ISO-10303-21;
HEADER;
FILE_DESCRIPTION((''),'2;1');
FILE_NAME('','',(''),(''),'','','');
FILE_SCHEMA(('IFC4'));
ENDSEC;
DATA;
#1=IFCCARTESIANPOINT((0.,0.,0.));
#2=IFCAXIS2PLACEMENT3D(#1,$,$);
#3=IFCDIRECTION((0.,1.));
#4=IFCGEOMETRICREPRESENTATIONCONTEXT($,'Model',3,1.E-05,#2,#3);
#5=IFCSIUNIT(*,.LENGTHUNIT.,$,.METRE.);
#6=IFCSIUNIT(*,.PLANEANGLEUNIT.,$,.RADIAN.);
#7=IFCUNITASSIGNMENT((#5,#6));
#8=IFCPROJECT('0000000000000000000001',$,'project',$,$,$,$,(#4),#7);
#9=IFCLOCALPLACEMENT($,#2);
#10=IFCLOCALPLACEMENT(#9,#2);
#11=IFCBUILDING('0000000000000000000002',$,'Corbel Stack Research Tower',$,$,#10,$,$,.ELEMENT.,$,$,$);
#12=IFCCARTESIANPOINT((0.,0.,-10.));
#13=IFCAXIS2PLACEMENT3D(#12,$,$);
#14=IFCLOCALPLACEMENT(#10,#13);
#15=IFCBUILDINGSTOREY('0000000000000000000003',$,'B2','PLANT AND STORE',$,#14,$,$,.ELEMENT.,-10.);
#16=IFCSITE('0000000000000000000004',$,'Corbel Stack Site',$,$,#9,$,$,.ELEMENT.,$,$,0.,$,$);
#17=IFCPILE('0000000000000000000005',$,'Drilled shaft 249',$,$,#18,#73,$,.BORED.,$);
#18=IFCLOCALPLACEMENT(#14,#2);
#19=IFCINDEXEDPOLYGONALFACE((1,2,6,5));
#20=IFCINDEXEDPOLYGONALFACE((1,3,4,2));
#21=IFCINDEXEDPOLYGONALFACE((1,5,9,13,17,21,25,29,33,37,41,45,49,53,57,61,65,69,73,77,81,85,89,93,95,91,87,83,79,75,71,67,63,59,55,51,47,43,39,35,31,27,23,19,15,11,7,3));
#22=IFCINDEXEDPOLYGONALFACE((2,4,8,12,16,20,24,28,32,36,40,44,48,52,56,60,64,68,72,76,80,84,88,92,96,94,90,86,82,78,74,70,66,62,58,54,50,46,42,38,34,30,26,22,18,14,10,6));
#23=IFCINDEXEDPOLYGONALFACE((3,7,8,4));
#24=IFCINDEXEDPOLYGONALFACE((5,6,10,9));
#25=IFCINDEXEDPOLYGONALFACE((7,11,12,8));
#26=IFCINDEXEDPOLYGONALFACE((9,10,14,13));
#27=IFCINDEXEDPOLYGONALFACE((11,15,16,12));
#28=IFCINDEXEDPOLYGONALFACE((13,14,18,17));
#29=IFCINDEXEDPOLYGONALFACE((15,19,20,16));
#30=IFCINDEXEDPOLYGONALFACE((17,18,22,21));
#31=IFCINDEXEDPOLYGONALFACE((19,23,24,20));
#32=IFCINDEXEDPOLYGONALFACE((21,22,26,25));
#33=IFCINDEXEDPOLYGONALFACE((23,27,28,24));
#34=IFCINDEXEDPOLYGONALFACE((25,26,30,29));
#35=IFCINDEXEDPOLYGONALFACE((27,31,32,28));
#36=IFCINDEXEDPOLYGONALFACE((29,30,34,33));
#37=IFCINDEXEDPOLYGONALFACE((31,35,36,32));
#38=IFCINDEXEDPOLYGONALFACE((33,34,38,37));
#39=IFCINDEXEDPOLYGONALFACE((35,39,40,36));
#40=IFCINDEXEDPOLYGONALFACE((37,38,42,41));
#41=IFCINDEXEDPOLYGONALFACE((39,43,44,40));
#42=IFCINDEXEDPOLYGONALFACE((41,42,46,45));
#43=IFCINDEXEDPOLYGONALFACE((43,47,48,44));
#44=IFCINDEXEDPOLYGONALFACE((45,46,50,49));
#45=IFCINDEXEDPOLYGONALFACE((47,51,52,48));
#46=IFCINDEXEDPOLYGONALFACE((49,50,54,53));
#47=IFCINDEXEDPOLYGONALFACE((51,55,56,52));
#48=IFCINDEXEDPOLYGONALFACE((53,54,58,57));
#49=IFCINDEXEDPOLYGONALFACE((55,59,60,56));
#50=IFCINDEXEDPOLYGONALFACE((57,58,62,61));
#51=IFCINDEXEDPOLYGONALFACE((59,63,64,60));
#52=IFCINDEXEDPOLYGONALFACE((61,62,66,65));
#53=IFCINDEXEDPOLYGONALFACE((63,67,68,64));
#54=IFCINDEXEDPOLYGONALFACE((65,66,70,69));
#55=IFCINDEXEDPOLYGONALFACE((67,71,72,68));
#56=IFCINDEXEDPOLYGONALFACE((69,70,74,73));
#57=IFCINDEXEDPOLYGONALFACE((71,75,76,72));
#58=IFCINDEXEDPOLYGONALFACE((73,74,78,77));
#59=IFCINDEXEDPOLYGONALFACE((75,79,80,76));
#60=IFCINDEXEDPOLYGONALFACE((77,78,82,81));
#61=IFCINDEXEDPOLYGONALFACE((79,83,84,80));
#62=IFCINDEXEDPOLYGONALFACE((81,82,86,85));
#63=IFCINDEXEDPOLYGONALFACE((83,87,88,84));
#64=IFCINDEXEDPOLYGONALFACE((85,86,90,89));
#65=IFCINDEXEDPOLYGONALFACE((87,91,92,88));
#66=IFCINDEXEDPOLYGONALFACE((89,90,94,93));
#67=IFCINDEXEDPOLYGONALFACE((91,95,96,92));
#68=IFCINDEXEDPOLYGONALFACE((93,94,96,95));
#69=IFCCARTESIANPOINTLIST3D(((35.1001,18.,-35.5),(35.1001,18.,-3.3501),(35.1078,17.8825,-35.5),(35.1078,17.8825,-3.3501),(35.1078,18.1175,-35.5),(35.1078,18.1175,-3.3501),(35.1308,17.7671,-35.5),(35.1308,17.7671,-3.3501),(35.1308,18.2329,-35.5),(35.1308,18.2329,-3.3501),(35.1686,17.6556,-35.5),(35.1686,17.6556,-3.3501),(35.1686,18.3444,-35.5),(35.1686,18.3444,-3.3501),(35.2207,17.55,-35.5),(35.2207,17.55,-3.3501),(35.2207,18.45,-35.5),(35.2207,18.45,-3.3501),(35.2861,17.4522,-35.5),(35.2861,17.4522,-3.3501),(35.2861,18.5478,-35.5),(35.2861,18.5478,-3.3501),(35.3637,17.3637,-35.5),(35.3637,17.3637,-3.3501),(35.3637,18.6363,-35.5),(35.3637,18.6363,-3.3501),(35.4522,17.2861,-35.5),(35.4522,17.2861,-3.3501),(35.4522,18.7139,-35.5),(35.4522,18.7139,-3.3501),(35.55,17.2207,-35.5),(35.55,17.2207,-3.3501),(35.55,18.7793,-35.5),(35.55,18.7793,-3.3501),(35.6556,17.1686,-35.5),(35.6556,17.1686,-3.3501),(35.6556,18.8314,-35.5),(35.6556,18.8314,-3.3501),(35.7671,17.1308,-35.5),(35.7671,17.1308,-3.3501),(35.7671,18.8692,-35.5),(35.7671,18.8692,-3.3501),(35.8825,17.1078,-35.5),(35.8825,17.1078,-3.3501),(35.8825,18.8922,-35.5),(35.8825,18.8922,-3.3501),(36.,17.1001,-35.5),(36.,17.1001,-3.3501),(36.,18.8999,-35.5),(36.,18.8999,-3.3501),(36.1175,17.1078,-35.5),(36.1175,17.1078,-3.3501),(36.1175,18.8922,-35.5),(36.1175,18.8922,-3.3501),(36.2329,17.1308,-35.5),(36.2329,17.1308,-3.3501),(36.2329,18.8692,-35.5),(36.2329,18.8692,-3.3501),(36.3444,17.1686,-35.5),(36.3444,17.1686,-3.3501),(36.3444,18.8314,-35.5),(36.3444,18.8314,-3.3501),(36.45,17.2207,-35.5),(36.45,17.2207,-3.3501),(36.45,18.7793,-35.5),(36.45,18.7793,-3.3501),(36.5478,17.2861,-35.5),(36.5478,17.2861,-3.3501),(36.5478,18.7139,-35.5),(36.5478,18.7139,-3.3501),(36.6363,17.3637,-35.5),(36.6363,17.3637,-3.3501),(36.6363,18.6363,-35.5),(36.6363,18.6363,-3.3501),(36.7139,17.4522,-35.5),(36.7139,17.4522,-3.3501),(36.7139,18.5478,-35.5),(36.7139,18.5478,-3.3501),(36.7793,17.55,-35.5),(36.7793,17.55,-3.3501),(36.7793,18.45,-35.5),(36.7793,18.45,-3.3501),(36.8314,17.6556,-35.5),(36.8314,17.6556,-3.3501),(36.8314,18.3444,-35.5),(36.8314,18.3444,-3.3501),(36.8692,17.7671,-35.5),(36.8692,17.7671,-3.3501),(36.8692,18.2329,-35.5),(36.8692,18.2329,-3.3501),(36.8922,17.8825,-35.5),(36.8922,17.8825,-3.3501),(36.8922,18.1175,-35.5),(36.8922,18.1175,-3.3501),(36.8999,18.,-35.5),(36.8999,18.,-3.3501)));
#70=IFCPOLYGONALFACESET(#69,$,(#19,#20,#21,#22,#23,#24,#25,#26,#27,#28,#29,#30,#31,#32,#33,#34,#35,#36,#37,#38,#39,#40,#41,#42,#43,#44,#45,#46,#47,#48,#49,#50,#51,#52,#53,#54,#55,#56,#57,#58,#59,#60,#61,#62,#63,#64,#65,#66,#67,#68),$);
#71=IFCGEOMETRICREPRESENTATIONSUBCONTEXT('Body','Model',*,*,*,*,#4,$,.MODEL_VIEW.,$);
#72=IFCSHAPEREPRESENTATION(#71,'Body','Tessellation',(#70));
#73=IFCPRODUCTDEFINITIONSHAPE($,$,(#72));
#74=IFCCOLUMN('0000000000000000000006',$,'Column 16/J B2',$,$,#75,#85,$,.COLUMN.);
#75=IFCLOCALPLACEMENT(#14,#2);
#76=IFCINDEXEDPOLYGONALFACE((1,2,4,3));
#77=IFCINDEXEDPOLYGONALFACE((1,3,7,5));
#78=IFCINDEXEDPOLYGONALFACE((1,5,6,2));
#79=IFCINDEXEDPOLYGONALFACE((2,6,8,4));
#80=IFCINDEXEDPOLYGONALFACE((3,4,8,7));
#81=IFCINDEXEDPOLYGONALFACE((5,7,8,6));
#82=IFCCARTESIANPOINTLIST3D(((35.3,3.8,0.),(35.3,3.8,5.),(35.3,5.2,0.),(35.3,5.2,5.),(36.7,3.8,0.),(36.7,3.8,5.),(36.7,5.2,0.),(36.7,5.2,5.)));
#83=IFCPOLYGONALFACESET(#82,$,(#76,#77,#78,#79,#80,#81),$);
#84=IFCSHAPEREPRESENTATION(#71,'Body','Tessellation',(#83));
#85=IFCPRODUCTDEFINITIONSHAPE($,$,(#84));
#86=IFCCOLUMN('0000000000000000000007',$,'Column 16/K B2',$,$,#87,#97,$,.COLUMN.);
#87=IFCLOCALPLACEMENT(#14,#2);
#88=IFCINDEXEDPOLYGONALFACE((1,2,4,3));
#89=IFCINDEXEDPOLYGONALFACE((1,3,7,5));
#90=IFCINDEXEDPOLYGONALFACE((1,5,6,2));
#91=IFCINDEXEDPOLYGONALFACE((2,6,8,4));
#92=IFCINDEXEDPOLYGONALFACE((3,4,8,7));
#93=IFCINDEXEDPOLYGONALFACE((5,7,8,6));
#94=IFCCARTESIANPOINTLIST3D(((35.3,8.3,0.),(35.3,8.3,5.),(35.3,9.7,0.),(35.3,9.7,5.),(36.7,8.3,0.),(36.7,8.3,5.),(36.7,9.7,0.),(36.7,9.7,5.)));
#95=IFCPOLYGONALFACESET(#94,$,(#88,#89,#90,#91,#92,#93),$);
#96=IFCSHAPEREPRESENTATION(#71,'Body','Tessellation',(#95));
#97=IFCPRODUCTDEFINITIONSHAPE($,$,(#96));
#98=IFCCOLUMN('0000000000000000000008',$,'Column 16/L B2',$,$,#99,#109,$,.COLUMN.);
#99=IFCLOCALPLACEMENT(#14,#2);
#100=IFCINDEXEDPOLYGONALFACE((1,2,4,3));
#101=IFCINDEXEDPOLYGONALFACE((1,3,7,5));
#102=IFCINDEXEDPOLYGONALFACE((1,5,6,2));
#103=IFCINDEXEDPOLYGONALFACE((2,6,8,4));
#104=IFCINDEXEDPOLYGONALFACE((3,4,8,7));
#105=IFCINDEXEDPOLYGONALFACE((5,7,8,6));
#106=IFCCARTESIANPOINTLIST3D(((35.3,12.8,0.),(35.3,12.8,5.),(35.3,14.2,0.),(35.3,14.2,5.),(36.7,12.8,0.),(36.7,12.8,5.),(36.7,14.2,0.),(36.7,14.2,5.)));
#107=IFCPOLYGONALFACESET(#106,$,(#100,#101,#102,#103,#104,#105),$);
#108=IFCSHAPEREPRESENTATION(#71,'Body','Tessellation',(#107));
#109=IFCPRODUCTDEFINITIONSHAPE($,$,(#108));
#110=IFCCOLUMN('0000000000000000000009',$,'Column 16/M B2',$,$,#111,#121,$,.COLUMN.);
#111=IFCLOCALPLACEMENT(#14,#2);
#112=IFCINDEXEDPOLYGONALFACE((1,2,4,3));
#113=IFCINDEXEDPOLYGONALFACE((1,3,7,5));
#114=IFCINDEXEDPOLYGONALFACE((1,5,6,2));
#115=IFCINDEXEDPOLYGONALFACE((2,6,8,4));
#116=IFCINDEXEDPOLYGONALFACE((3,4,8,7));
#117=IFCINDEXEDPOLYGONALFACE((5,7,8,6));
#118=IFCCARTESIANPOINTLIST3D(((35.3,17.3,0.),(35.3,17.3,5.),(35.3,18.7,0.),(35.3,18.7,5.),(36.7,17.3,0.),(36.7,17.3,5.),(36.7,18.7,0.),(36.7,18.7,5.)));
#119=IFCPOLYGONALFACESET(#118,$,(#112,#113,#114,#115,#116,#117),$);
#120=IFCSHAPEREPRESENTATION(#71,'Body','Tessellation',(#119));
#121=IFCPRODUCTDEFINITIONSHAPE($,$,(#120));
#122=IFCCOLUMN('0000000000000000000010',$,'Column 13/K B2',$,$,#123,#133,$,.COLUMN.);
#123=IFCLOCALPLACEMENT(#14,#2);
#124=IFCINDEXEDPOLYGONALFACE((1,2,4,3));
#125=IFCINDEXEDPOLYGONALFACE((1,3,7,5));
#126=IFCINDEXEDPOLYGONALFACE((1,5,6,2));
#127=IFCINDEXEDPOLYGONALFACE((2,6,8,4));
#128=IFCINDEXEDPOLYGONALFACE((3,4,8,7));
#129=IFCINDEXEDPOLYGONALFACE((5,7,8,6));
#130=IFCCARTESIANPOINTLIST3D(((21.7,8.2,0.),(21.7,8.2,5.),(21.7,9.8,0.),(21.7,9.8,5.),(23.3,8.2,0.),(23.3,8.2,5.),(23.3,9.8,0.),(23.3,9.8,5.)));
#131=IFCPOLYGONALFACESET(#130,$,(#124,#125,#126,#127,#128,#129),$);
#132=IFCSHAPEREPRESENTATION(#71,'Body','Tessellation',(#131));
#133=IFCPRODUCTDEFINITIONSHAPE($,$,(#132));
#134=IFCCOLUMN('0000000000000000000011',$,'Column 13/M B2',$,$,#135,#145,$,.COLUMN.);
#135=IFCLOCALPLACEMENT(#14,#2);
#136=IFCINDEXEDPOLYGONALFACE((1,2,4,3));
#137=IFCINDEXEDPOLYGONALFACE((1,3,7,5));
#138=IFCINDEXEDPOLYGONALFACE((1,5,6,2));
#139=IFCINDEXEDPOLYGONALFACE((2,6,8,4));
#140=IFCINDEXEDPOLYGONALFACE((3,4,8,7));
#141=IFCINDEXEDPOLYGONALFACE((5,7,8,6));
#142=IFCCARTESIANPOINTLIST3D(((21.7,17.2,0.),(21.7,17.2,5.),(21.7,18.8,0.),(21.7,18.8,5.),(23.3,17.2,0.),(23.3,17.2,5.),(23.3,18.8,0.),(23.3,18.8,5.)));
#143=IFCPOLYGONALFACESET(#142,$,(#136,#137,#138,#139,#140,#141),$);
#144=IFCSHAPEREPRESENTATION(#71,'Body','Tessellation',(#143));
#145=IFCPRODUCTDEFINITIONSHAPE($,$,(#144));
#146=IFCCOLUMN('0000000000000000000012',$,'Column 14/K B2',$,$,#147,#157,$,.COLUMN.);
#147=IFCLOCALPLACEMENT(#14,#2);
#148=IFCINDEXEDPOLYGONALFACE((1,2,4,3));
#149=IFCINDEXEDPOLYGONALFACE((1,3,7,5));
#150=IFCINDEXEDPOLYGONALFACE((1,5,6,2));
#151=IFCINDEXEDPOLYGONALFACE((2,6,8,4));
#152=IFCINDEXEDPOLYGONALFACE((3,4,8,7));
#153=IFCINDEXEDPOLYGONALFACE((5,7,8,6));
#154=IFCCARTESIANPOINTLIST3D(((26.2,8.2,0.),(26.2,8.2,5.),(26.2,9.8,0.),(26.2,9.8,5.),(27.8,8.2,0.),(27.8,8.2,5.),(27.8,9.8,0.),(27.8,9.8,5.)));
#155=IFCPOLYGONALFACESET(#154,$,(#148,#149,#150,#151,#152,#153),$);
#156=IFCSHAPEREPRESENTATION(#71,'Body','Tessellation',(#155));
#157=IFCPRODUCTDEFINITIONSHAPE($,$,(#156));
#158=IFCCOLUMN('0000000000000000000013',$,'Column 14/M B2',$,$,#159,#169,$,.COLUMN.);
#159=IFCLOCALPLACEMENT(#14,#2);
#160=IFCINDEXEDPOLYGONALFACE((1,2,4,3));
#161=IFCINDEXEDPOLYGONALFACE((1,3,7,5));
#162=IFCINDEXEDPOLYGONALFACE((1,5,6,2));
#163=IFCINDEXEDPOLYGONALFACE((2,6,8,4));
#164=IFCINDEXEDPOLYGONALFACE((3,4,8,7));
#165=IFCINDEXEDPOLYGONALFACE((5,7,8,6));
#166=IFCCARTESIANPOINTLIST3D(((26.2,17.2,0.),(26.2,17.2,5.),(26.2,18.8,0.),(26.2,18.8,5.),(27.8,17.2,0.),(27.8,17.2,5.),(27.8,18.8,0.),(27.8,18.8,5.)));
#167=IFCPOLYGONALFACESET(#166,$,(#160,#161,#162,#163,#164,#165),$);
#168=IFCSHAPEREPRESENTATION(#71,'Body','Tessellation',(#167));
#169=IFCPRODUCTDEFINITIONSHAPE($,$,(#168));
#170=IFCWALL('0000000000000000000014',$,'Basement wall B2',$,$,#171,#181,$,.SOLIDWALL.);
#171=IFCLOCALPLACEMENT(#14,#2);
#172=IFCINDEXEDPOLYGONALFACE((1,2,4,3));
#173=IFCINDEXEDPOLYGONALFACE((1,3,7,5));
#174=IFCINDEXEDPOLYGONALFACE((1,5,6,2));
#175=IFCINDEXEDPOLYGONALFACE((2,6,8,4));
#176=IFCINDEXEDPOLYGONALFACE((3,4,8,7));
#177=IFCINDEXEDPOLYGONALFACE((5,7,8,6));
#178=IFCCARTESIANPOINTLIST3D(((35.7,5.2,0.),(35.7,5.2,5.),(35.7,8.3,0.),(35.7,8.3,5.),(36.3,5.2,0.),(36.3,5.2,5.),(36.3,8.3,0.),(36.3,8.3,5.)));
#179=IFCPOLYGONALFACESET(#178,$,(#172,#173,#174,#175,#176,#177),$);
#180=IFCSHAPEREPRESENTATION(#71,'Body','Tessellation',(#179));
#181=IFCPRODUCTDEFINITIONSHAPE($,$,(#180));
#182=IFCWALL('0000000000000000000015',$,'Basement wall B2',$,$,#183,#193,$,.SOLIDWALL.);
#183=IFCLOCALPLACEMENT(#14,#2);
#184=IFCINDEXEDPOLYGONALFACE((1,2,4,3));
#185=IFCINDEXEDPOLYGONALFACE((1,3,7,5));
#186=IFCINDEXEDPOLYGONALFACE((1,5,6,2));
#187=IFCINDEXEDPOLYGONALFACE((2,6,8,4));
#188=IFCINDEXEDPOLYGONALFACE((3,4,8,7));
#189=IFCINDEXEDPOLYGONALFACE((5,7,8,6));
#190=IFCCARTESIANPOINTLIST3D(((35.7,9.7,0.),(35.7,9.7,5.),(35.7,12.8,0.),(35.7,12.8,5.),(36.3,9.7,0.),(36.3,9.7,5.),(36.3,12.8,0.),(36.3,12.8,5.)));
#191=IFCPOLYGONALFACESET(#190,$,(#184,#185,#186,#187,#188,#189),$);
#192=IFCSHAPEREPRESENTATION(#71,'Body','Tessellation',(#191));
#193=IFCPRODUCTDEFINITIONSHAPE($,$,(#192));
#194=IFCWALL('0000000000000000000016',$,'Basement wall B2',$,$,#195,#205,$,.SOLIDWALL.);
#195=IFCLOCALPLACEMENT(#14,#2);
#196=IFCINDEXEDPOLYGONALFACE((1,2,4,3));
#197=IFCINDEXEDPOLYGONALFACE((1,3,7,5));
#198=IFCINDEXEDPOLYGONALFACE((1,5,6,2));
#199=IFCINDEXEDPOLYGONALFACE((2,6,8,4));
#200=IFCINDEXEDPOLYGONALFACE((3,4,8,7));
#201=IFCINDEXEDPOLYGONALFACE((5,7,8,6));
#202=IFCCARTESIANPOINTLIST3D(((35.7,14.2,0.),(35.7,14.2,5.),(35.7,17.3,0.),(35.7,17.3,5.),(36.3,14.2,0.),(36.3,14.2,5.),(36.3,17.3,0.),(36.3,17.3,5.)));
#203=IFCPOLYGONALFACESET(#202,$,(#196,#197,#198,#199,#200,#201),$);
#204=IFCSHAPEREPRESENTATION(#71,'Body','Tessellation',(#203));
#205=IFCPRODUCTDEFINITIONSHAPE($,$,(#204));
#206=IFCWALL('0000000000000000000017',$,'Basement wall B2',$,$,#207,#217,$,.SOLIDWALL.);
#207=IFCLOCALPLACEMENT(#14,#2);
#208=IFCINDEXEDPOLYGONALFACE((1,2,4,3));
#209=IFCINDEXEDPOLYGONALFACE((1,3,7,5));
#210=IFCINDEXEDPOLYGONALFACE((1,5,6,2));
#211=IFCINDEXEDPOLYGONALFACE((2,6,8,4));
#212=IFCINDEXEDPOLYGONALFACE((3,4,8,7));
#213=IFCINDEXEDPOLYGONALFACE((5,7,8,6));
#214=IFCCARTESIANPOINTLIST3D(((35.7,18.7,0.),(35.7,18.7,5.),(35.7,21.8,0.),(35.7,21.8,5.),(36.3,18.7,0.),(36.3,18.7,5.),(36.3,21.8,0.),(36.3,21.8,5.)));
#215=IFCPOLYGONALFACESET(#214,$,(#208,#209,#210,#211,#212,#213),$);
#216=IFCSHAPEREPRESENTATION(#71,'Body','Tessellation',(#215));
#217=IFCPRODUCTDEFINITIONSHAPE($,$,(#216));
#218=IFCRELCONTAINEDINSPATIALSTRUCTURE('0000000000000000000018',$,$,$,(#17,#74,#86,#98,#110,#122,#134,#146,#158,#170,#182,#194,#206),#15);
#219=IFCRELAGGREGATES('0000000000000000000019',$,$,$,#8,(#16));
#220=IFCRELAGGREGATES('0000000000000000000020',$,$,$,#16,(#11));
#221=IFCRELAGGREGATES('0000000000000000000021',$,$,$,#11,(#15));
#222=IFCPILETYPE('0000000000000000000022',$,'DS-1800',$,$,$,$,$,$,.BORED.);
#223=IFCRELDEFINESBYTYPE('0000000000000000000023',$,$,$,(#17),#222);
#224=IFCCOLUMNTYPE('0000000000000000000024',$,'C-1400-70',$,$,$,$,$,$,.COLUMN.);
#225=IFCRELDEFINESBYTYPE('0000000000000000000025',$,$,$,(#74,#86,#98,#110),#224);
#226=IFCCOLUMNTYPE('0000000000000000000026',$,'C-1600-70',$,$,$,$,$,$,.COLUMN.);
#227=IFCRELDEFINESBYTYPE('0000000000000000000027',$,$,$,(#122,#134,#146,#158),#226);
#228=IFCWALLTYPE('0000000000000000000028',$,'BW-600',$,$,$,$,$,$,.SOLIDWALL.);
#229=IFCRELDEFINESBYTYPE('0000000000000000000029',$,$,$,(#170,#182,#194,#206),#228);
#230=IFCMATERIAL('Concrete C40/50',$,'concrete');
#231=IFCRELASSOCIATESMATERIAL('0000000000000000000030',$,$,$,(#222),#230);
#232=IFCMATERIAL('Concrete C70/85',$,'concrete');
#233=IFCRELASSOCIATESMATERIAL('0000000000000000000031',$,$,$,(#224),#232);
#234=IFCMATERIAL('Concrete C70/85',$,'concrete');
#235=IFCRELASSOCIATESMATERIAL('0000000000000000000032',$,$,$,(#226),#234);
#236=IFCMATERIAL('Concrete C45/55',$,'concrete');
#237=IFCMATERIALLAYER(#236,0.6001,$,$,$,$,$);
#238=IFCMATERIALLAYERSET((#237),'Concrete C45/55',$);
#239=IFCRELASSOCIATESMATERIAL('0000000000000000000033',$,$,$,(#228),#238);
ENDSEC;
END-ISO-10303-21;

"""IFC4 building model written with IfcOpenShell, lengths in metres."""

from ifc_helpers import new_model, si_unit, direction, frame, frame_2d, origin, origin_2d, place, context, subcontext, project, spatial, rectangle, circle, extrude, material, layer, layer_set, material_profile, profile_set, type_object, element, save


model = new_model("IFC4")

# Units and contexts
model_context = context("Model", 3, precision=1e-05, world=origin(), true_north=direction((0.0, 1.0)))
body_context = subcontext(model_context, "Body", "Model", "MODEL_VIEW")
ifc_project = project(units=[si_unit("LENGTHUNIT", "METRE"), si_unit("PLANEANGLEUNIT", "RADIAN")], contexts=[model_context])

# Site, building, storey
site_placement = place(None, origin())
site = spatial("IfcSite", under=ifc_project, at=site_placement, Name="Corbel Stack Site", CompositionType="ELEMENT", RefElevation=0.0)
building_placement = place(site_placement, origin())
building = spatial("IfcBuilding", under=site, at=building_placement, Name="Corbel Stack Research Tower", CompositionType="ELEMENT")
storey_placement = place(building_placement, frame((0.0, 0.0, -10.0)))
storey = spatial("IfcBuildingStorey", under=building, at=storey_placement, Name="B2", Description="PLANT AND STORE", CompositionType="ELEMENT", Elevation=-10.0)

# Pile
ifc_material_1 = material(Name="Concrete C40/50", Category="concrete")
ifc_material_profile_1 = material_profile(ifc_material_1, circle(Radius=0.8999, at=origin_2d()), Name="Shaft 1800")
ifc_profile_set_1 = profile_set([ifc_material_profile_1], Name="Concrete C40/50")
pile_type = type_object("IfcPileType", Name="DS-1800", PredefinedType="BORED", material=ifc_profile_set_1)
for number, where, z_axis, x_axis, name in (
    (1, (36.0, 18.0, -3.3501), (0.0, 0.0, -1.0), (1.0, 0.0, 0.0), "Drilled shaft 249"),
):
    element("IfcPile", number, at=place(storey_placement, frame(where, z_axis=z_axis, x_axis=x_axis)), inside=storey, type_object=pile_type, Name=name, PredefinedType="BORED", context=body_context, shape_type="SweptSolid", body=[
        extrude(circle(Radius=0.8999, at=origin_2d()), origin(), (0.0, 0.0, 1.0), 32.1499),
    ])

# Columns
ifc_material_2 = material(Name="Concrete C70/85", Category="concrete")
ifc_material_profile_2 = material_profile(ifc_material_2, rectangle(XDim=1.3999, YDim=1.3999, at=origin_2d()), Name="RC 1400 x 1400")
ifc_profile_set_2 = profile_set([ifc_material_profile_2], Name="Concrete C70/85")
column_type_1 = type_object("IfcColumnType", Name="C-1400-70", PredefinedType="COLUMN", material=ifc_profile_set_2)
for number, where, z_axis, x_axis, name in (
    (2, (36.0, 4.5, 0.0), (0.0, 0.0, 1.0), (1.0, 0.0, 0.0), "Column 16/J B2"),
    (3, (36.0, 9.0, 0.0), (0.0, 0.0, 1.0), (1.0, 0.0, 0.0), "Column 16/K B2"),
    (4, (36.0, 13.5, 0.0), (0.0, 0.0, 1.0), (1.0, 0.0, 0.0), "Column 16/L B2"),
    (5, (36.0, 18.0, 0.0), (0.0, 0.0, 1.0), (1.0, 0.0, 0.0), "Column 16/M B2"),
):
    element("IfcColumn", number, at=place(storey_placement, frame(where, z_axis=z_axis, x_axis=x_axis)), inside=storey, type_object=column_type_1, Name=name, PredefinedType="COLUMN", context=body_context, shape_type="SweptSolid", body=[
        extrude(rectangle(XDim=1.3999, YDim=1.3999, at=origin_2d()), origin(), (0.0, 0.0, 1.0), 5.0),
    ])
ifc_material_3 = material(Name="Concrete C70/85", Category="concrete")
ifc_material_profile_3 = material_profile(ifc_material_3, rectangle(XDim=1.6001, YDim=1.6001, at=origin_2d()), Name="RC 1600 x 1600")
ifc_profile_set_3 = profile_set([ifc_material_profile_3], Name="Concrete C70/85")
column_type_2 = type_object("IfcColumnType", Name="C-1600-70", PredefinedType="COLUMN", material=ifc_profile_set_3)
for number, where, z_axis, x_axis, name in (
    (6, (22.5, 9.0, 0.0), (0.0, 0.0, 1.0), (1.0, 0.0, 0.0), "Column 13/K B2"),
    (7, (22.5, 18.0, 0.0), (0.0, 0.0, 1.0), (1.0, 0.0, 0.0), "Column 13/M B2"),
    (8, (27.0, 9.0, 0.0), (0.0, 0.0, 1.0), (1.0, 0.0, 0.0), "Column 14/K B2"),
    (9, (27.0, 18.0, 0.0), (0.0, 0.0, 1.0), (1.0, 0.0, 0.0), "Column 14/M B2"),
):
    element("IfcColumn", number, at=place(storey_placement, frame(where, z_axis=z_axis, x_axis=x_axis)), inside=storey, type_object=column_type_2, Name=name, PredefinedType="COLUMN", context=body_context, shape_type="SweptSolid", body=[
        extrude(rectangle(XDim=1.6001, YDim=1.6001, at=origin_2d()), origin(), (0.0, 0.0, 1.0), 5.0),
    ])

# Walls
ifc_material_4 = material(Name="Concrete C45/55", Category="concrete")
ifc_layer_1 = layer(ifc_material_4, 0.6001)
ifc_layer_set_1 = layer_set([ifc_layer_1], Name="Concrete C45/55")
wall_type_1 = type_object("IfcWallType", Name="BW-600", PredefinedType="SOLIDWALL", material=ifc_layer_set_1)
for number, where, z_axis, x_axis, name in (
    (10, (36.0, 5.2, 0.0), (0.0, 0.0, 1.0), (0.0, 1.0, 0.0), "Basement wall B2"),
    (11, (36.0, 9.7, 0.0), (0.0, 0.0, 1.0), (0.0, 1.0, 0.0), "Basement wall B2"),
    (12, (36.0, 14.2, 0.0), (0.0, 0.0, 1.0), (0.0, 1.0, 0.0), "Basement wall B2"),
    (13, (36.0, 18.7, 0.0), (0.0, 0.0, 1.0), (0.0, 1.0, 0.0), "Basement wall B2"),
):
    element("IfcWall", number, at=place(storey_placement, frame(where, z_axis=z_axis, x_axis=x_axis)), inside=storey, type_object=wall_type_1, Name=name, PredefinedType="SOLIDWALL", context=body_context, shape_type="SweptSolid", body=[
        extrude(rectangle(XDim=3.1001, YDim=0.6001, at=frame_2d((1.55, 0.0))), origin(), (0.0, 0.0, 1.0), 5.0),
    ])

save(model, "model.ifc")
